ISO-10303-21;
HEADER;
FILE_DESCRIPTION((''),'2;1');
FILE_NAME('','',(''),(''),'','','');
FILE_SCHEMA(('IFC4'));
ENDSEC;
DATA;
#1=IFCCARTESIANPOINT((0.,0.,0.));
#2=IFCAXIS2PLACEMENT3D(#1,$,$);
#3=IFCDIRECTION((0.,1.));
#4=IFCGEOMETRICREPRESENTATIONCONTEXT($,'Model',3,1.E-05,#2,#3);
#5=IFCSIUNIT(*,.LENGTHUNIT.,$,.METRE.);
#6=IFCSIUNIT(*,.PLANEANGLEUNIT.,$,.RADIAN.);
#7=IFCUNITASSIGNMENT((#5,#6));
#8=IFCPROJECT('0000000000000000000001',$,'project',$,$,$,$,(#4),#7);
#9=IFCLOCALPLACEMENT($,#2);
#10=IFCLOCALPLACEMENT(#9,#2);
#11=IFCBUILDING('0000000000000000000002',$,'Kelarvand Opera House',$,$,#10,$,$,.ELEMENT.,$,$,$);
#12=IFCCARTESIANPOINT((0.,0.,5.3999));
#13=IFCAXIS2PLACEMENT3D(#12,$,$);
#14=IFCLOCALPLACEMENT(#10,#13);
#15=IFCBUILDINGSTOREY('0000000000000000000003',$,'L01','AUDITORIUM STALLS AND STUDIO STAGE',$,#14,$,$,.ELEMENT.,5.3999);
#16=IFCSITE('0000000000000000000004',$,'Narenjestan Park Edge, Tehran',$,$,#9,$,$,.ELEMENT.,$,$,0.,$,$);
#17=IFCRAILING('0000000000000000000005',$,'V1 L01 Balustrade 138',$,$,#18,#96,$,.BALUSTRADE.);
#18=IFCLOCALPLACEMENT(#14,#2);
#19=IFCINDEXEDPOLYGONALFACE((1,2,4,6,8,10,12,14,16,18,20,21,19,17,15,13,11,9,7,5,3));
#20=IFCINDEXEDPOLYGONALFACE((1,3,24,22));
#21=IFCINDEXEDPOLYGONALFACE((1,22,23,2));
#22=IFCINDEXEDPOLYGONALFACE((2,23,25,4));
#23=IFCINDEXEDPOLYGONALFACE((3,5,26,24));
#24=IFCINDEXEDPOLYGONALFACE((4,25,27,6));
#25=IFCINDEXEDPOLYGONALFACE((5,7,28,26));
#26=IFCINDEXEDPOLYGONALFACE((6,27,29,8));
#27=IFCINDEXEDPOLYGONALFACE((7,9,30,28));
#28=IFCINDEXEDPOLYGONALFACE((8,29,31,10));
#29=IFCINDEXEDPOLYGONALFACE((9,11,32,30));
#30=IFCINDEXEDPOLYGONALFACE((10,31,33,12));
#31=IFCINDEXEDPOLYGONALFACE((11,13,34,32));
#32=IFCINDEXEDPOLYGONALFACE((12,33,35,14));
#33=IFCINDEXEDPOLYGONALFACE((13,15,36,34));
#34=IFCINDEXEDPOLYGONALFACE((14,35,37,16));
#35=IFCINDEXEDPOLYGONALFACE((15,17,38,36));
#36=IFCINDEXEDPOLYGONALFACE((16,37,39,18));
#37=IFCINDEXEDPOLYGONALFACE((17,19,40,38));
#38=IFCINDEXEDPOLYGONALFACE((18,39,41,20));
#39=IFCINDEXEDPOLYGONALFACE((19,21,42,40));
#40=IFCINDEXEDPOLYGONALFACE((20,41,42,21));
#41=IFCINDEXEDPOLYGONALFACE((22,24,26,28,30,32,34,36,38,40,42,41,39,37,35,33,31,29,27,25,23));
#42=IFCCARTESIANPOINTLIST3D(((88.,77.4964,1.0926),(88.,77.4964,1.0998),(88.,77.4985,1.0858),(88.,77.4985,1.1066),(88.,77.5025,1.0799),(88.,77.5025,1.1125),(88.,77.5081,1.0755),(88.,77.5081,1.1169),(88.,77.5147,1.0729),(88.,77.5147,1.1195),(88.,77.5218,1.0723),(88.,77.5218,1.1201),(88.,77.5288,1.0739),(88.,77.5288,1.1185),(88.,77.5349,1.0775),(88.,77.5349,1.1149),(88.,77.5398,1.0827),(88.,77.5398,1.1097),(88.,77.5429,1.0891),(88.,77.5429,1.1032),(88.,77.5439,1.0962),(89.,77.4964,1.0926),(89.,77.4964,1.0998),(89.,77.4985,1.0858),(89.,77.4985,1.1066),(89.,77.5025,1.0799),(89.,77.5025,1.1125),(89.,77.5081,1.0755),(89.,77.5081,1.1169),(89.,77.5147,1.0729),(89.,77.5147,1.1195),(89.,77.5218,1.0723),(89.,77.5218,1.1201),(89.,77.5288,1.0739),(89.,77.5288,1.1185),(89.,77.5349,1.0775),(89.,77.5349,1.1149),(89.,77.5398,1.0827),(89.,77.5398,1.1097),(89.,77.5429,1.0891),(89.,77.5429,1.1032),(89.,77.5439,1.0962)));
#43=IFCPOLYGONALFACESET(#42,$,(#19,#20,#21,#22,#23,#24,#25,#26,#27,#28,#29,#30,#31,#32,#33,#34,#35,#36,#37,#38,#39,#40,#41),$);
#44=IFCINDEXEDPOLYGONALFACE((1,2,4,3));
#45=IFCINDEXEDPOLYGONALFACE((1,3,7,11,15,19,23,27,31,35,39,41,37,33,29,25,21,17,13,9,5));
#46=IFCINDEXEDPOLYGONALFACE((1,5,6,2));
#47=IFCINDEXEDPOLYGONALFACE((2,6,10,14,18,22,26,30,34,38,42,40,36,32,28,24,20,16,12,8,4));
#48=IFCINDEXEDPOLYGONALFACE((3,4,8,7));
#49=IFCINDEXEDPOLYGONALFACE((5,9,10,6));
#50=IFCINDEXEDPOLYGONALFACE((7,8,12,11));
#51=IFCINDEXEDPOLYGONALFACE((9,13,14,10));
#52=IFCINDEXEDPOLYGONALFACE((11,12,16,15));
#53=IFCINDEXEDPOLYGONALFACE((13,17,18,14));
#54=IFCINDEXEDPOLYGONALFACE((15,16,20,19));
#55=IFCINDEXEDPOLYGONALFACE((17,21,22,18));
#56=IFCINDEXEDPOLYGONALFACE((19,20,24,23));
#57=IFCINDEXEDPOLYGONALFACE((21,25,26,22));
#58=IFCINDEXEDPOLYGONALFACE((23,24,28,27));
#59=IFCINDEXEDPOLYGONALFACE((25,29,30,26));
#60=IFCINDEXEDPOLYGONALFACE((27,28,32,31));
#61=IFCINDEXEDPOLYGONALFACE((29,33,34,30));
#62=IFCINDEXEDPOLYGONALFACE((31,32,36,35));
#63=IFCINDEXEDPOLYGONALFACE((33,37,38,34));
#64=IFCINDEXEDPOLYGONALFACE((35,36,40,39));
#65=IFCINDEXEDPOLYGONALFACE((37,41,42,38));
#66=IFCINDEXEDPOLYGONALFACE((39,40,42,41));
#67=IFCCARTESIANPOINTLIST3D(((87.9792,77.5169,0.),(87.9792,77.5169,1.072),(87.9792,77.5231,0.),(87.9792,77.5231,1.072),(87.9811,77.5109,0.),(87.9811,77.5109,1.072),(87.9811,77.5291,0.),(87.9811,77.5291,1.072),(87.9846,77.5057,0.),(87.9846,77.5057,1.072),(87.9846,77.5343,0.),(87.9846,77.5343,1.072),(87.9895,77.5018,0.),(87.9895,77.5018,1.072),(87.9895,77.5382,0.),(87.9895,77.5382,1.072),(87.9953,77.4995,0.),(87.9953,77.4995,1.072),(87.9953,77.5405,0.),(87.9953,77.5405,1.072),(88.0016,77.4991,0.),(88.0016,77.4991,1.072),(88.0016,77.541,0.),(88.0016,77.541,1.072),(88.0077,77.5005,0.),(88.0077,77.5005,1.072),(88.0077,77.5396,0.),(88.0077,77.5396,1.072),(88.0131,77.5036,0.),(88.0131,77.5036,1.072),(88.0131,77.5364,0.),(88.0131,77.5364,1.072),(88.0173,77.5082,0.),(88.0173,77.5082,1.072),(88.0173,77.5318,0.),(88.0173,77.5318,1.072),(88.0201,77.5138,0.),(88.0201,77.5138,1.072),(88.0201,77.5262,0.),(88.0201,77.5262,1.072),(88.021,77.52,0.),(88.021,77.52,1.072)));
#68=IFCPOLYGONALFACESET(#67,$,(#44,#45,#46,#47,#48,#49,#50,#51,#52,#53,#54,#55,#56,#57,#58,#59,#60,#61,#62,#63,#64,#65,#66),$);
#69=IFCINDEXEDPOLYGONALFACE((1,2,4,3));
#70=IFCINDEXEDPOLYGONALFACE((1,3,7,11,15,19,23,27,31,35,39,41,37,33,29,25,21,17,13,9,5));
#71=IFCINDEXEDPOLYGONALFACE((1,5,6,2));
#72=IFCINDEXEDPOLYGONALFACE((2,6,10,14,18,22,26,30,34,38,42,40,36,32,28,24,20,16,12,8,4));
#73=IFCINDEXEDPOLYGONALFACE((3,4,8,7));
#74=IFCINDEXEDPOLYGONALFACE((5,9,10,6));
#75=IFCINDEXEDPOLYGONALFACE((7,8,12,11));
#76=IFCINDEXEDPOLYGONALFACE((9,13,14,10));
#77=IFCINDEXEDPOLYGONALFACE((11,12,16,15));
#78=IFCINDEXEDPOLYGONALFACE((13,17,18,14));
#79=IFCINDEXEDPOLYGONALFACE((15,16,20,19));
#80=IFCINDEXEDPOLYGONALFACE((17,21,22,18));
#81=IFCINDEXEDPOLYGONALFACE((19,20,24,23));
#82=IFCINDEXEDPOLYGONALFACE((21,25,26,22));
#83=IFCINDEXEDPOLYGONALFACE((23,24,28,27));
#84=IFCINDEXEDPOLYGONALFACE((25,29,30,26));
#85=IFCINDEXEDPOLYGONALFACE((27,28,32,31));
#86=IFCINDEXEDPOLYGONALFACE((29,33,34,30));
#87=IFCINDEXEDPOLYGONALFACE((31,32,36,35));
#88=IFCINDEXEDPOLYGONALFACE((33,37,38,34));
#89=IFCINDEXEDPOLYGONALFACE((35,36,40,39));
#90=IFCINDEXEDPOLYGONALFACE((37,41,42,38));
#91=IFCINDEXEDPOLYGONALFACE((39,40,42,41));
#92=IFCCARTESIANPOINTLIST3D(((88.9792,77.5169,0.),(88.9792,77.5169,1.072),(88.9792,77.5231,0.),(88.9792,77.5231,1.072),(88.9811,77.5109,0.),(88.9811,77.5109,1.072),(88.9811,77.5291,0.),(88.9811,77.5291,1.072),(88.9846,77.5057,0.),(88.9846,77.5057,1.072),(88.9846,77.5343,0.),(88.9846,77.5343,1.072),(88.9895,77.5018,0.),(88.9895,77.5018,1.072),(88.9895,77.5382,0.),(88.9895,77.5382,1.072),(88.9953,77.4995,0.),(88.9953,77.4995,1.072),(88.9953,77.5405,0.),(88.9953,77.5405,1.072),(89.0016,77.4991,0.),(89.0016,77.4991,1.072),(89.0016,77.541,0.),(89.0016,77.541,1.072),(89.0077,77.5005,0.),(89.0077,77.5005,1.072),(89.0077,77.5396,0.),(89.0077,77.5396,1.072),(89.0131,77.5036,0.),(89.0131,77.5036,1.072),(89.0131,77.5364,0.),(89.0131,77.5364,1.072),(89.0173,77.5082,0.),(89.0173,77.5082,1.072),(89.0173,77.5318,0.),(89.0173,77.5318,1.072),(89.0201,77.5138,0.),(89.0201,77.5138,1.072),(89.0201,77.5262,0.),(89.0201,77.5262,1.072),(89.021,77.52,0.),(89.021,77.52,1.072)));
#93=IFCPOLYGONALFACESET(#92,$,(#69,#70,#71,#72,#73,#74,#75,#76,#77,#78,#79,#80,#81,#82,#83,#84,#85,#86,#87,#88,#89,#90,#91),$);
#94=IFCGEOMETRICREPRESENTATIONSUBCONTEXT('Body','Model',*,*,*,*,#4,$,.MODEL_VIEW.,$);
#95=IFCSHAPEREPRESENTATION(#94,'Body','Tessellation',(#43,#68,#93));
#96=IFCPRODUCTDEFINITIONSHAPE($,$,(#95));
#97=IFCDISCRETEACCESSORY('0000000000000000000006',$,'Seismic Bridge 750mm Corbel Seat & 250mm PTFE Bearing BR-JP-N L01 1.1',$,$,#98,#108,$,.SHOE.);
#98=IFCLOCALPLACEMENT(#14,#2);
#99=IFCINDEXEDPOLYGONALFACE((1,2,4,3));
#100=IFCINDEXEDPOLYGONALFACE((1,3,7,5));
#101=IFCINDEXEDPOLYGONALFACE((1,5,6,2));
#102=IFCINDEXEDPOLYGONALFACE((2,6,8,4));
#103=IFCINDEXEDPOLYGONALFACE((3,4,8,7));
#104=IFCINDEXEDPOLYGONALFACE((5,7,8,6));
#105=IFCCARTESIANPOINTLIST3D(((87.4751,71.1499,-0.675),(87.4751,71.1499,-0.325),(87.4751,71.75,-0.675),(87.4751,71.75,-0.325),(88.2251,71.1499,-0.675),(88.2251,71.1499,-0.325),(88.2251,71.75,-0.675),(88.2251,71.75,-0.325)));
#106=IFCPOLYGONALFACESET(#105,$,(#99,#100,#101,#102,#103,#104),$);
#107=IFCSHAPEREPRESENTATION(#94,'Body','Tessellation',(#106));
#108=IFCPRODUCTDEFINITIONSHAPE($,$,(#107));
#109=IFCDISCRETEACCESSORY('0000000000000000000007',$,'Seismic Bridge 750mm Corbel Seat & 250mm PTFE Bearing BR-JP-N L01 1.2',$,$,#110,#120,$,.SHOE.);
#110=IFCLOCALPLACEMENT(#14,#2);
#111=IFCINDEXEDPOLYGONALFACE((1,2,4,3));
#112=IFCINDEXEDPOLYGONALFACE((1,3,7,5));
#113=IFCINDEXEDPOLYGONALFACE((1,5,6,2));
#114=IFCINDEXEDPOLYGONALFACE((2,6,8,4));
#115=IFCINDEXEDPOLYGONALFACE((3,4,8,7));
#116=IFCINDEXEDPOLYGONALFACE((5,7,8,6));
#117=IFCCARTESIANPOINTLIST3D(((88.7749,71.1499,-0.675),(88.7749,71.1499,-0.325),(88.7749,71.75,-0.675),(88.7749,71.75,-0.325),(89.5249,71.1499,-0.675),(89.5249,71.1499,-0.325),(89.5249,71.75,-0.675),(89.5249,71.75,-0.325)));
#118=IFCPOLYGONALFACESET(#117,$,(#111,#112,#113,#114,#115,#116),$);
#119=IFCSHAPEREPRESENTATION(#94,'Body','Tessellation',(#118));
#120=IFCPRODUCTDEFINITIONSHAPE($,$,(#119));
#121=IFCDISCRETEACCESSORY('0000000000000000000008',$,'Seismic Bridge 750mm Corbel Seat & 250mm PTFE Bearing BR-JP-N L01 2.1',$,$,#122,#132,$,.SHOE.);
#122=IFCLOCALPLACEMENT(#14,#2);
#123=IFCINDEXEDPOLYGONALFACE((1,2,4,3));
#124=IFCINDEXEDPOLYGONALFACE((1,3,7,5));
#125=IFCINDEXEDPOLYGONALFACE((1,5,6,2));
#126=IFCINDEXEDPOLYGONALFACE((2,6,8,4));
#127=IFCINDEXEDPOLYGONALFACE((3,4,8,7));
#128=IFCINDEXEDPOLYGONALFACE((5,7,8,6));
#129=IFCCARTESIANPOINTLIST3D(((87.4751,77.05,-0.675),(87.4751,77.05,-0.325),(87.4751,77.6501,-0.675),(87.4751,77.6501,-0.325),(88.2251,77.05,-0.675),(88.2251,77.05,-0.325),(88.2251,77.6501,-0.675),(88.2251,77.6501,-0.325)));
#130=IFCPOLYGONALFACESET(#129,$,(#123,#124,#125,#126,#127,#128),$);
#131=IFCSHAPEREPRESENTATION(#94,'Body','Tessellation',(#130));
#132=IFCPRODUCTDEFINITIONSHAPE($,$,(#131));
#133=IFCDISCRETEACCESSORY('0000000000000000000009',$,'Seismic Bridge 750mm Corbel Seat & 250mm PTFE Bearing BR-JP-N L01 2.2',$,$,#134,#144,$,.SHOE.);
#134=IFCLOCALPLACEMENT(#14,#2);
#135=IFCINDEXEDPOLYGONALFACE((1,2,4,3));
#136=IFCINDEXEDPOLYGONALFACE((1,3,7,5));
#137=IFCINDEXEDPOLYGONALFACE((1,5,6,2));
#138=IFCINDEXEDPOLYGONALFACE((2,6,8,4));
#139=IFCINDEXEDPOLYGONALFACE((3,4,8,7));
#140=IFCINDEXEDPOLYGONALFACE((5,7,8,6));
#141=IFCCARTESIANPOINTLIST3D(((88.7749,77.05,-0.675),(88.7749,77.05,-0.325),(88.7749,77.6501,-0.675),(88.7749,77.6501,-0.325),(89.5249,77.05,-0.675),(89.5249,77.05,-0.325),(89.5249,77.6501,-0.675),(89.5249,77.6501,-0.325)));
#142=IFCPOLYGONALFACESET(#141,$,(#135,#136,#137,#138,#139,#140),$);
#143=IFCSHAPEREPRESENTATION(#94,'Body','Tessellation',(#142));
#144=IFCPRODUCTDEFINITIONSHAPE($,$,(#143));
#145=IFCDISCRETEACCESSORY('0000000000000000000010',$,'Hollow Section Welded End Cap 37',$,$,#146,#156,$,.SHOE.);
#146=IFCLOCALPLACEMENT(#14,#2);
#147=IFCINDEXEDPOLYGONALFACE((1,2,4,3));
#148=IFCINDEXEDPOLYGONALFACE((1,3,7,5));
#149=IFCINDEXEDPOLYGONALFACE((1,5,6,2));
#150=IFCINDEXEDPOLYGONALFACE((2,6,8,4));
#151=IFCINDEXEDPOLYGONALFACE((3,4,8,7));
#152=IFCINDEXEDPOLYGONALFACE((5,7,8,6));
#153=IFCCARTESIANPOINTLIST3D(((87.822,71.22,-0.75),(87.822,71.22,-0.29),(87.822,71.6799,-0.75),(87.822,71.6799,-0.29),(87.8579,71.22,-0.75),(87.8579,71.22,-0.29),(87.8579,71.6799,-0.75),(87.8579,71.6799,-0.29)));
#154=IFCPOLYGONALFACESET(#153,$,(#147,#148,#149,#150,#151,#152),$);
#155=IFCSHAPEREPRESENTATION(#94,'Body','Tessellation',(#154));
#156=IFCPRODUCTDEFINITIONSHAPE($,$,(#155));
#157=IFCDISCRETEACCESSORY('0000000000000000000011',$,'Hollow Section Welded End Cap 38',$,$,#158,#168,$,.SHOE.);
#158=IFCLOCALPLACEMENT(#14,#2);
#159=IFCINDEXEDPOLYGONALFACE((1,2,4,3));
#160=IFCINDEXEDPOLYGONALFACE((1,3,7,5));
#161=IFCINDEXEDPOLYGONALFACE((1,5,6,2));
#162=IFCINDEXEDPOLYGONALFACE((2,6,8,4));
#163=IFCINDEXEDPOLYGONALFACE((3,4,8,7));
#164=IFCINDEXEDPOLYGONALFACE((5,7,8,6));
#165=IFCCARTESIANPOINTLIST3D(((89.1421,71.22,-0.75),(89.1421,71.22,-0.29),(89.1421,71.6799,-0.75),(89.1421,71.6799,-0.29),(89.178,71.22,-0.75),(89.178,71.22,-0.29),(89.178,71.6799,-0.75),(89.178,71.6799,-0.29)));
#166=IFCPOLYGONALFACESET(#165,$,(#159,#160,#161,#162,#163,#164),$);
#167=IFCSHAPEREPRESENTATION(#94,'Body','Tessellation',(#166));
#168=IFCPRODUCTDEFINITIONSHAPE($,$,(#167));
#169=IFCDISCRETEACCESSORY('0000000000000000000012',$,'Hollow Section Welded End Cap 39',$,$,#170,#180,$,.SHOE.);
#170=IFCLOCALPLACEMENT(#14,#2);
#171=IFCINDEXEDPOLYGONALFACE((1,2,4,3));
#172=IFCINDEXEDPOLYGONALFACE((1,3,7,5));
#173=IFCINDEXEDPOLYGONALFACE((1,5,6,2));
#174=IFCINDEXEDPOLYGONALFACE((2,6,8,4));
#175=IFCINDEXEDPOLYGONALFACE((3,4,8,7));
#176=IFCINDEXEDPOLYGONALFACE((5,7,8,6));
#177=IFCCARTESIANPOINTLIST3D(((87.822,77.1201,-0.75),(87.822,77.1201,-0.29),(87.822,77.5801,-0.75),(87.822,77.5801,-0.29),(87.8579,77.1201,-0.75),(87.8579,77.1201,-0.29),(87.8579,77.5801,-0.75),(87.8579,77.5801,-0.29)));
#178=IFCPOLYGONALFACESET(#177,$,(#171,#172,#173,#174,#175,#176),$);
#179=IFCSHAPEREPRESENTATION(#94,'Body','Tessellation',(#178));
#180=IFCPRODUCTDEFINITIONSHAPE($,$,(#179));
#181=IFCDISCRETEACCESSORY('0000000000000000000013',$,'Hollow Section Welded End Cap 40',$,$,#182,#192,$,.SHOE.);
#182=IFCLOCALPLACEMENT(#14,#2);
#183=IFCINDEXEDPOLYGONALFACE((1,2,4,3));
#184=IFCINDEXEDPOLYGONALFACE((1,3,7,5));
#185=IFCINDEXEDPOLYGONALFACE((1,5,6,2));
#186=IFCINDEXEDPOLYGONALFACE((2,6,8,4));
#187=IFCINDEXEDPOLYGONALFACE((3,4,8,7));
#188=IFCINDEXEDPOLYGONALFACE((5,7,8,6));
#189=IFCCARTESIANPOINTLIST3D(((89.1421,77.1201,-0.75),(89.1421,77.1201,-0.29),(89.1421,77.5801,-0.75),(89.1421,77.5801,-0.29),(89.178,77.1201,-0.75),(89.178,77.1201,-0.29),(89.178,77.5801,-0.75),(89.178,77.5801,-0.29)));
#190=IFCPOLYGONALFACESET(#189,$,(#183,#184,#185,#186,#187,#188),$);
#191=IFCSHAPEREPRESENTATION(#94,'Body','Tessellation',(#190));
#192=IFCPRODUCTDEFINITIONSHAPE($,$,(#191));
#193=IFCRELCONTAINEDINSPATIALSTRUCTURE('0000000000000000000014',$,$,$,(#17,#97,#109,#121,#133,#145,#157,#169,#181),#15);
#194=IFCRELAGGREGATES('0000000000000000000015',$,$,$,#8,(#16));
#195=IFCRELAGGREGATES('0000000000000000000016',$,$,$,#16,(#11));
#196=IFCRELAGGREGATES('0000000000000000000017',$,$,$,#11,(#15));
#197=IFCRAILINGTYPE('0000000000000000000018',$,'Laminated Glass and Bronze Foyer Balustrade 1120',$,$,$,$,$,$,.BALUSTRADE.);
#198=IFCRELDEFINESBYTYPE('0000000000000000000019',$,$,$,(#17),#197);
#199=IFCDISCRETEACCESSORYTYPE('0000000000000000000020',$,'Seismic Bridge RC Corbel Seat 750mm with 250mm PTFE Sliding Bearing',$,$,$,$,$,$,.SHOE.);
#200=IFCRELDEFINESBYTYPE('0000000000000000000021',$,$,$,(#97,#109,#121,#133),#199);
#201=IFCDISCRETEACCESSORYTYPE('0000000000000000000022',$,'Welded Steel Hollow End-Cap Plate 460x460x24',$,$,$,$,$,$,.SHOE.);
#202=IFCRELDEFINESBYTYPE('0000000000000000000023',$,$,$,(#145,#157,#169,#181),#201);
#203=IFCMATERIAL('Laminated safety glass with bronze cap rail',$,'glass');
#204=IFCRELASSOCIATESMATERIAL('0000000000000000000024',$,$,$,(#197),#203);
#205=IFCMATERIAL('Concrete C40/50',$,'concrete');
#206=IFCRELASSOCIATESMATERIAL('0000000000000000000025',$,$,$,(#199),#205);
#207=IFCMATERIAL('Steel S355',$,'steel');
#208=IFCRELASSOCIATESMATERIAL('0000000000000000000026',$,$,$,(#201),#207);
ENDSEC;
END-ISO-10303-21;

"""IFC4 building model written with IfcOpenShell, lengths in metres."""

from ifc_helpers import new_model, si_unit, direction, frame, origin, origin_2d, place, context, subcontext, project, spatial, rectangle, circle, extrude, material, material_profile, profile_set, type_object, element, save


model = new_model("IFC4")

# Units and contexts
model_context = context("Model", 3, precision=1e-05, world=origin(), true_north=direction((0.0, 1.0)))
body_context = subcontext(model_context, "Body", "Model", "MODEL_VIEW")
ifc_project = project(units=[si_unit("LENGTHUNIT", "METRE"), si_unit("PLANEANGLEUNIT", "RADIAN")], contexts=[model_context])

# Site, building, storey
site_placement = place(None, origin())
site = spatial("IfcSite", under=ifc_project, at=site_placement, Name="Narenjestan Park Edge, Tehran", CompositionType="ELEMENT", RefElevation=0.0)
building_placement = place(site_placement, origin())
building = spatial("IfcBuilding", under=site, at=building_placement, Name="Kelarvand Opera House", CompositionType="ELEMENT")
storey_placement = place(building_placement, frame((0.0, 0.0, 5.3999)))
storey = spatial("IfcBuildingStorey", under=building, at=storey_placement, Name="L01", Description="AUDITORIUM STALLS AND STUDIO STAGE", CompositionType="ELEMENT", Elevation=5.3999)

# Shared definitions
ifc_material_1 = material(Name="Concrete C40/50", Category="concrete")

# Shared definitions
ifc_material_2 = material(Name="Steel S355", Category="steel")

# Railing
ifc_material_3 = material(Name="Laminated safety glass with bronze cap rail", Category="glass")
railing_type = type_object("IfcRailingType", Name="Laminated Glass and Bronze Foyer Balustrade 1120", PredefinedType="BALUSTRADE", material=ifc_material_3)
for number, where, name in (
    (1, (88.0, 77.52, 0.0), "V1 L01 Balustrade 138"),
):
    element("IfcRailing", number, at=place(storey_placement, frame(where)), inside=storey, type_object=railing_type, Name=name, PredefinedType="BALUSTRADE", context=body_context, shape_type="SweptSolid", body=[
        extrude(circle(Radius=0.0239, at=origin_2d()), frame((0.0, 0.0, 1.0962), z_axis=(1.0, 0.0, 0.0), x_axis=(0.0, 1.0, 0.0)), (0.0, 0.0, 1.0), 1.0),
        extrude(circle(Radius=0.021, at=origin_2d()), origin(), (0.0, 0.0, 1.0), 1.072),
        extrude(circle(Radius=0.021, at=origin_2d()), frame((1.0, 0.0, 0.0)), (0.0, 0.0, 1.0), 1.072),
    ])

# Discrete accessories
discrete_accessory_type_1 = type_object("IfcDiscreteAccessoryType", Name="Seismic Bridge RC Corbel Seat 750mm with 250mm PTFE Sliding Bearing", PredefinedType="SHOE", material=ifc_material_1)
for number, where, z_axis, x_axis, name in (
    (2, (87.8501, 71.45, -0.675), (0.0, 0.0, 1.0), (1.0, 0.0, 0.0), "Seismic Bridge 750mm Corbel Seat & 250mm PTFE Bearing BR-JP-N L01 1.1"),
    (3, (89.1499, 71.45, -0.675), (0.0, 0.0, 1.0), (1.0, 0.0, 0.0), "Seismic Bridge 750mm Corbel Seat & 250mm PTFE Bearing BR-JP-N L01 1.2"),
    (4, (87.8501, 77.3501, -0.675), (0.0, 0.0, 1.0), (1.0, 0.0, 0.0), "Seismic Bridge 750mm Corbel Seat & 250mm PTFE Bearing BR-JP-N L01 2.1"),
    (5, (89.1499, 77.3501, -0.675), (0.0, 0.0, 1.0), (1.0, 0.0, 0.0), "Seismic Bridge 750mm Corbel Seat & 250mm PTFE Bearing BR-JP-N L01 2.2"),
):
    element("IfcDiscreteAccessory", number, at=place(storey_placement, frame(where, z_axis=z_axis, x_axis=x_axis)), inside=storey, type_object=discrete_accessory_type_1, Name=name, PredefinedType="SHOE", context=body_context, shape_type="SweptSolid", body=[
        extrude(rectangle(XDim=0.75, YDim=0.6001, at=origin_2d()), origin(), (0.0, 0.0, 1.0), 0.3501),
    ])
ifc_material_profile_1 = material_profile(ifc_material_2, rectangle(XDim=0.46, YDim=0.46, at=origin_2d()), Name="Welded Steel Hollow End-Cap Plate 460x460x24", Category="steel")
ifc_profile_set_1 = profile_set([ifc_material_profile_1], Name="Steel S355")
discrete_accessory_type_2 = type_object("IfcDiscreteAccessoryType", Name="Welded Steel Hollow End-Cap Plate 460x460x24", PredefinedType="SHOE", material=ifc_profile_set_1)
for number, where, z_axis, x_axis, name in (
    (6, (87.8579, 71.45, -0.52), (-1.0, 0.0, 0.0), (0.0, -1.0, 0.0), "Hollow Section Welded End Cap 37"),
    (7, (89.1421, 71.45, -0.52), (1.0, 0.0, 0.0), (0.0, 1.0, 0.0), "Hollow Section Welded End Cap 38"),
    (8, (87.8579, 77.3501, -0.52), (-1.0, 0.0, 0.0), (0.0, -1.0, 0.0), "Hollow Section Welded End Cap 39"),
    (9, (89.1421, 77.3501, -0.52), (1.0, 0.0, 0.0), (0.0, 1.0, 0.0), "Hollow Section Welded End Cap 40"),
):
    element("IfcDiscreteAccessory", number, at=place(storey_placement, frame(where, z_axis=z_axis, x_axis=x_axis)), inside=storey, type_object=discrete_accessory_type_2, Name=name, PredefinedType="SHOE", context=body_context, shape_type="SweptSolid", body=[
        extrude(rectangle(XDim=0.46, YDim=0.46, at=origin_2d()), origin(), (0.0, 0.0, 1.0), 0.0359),
    ])

save(model, "model.ifc")
